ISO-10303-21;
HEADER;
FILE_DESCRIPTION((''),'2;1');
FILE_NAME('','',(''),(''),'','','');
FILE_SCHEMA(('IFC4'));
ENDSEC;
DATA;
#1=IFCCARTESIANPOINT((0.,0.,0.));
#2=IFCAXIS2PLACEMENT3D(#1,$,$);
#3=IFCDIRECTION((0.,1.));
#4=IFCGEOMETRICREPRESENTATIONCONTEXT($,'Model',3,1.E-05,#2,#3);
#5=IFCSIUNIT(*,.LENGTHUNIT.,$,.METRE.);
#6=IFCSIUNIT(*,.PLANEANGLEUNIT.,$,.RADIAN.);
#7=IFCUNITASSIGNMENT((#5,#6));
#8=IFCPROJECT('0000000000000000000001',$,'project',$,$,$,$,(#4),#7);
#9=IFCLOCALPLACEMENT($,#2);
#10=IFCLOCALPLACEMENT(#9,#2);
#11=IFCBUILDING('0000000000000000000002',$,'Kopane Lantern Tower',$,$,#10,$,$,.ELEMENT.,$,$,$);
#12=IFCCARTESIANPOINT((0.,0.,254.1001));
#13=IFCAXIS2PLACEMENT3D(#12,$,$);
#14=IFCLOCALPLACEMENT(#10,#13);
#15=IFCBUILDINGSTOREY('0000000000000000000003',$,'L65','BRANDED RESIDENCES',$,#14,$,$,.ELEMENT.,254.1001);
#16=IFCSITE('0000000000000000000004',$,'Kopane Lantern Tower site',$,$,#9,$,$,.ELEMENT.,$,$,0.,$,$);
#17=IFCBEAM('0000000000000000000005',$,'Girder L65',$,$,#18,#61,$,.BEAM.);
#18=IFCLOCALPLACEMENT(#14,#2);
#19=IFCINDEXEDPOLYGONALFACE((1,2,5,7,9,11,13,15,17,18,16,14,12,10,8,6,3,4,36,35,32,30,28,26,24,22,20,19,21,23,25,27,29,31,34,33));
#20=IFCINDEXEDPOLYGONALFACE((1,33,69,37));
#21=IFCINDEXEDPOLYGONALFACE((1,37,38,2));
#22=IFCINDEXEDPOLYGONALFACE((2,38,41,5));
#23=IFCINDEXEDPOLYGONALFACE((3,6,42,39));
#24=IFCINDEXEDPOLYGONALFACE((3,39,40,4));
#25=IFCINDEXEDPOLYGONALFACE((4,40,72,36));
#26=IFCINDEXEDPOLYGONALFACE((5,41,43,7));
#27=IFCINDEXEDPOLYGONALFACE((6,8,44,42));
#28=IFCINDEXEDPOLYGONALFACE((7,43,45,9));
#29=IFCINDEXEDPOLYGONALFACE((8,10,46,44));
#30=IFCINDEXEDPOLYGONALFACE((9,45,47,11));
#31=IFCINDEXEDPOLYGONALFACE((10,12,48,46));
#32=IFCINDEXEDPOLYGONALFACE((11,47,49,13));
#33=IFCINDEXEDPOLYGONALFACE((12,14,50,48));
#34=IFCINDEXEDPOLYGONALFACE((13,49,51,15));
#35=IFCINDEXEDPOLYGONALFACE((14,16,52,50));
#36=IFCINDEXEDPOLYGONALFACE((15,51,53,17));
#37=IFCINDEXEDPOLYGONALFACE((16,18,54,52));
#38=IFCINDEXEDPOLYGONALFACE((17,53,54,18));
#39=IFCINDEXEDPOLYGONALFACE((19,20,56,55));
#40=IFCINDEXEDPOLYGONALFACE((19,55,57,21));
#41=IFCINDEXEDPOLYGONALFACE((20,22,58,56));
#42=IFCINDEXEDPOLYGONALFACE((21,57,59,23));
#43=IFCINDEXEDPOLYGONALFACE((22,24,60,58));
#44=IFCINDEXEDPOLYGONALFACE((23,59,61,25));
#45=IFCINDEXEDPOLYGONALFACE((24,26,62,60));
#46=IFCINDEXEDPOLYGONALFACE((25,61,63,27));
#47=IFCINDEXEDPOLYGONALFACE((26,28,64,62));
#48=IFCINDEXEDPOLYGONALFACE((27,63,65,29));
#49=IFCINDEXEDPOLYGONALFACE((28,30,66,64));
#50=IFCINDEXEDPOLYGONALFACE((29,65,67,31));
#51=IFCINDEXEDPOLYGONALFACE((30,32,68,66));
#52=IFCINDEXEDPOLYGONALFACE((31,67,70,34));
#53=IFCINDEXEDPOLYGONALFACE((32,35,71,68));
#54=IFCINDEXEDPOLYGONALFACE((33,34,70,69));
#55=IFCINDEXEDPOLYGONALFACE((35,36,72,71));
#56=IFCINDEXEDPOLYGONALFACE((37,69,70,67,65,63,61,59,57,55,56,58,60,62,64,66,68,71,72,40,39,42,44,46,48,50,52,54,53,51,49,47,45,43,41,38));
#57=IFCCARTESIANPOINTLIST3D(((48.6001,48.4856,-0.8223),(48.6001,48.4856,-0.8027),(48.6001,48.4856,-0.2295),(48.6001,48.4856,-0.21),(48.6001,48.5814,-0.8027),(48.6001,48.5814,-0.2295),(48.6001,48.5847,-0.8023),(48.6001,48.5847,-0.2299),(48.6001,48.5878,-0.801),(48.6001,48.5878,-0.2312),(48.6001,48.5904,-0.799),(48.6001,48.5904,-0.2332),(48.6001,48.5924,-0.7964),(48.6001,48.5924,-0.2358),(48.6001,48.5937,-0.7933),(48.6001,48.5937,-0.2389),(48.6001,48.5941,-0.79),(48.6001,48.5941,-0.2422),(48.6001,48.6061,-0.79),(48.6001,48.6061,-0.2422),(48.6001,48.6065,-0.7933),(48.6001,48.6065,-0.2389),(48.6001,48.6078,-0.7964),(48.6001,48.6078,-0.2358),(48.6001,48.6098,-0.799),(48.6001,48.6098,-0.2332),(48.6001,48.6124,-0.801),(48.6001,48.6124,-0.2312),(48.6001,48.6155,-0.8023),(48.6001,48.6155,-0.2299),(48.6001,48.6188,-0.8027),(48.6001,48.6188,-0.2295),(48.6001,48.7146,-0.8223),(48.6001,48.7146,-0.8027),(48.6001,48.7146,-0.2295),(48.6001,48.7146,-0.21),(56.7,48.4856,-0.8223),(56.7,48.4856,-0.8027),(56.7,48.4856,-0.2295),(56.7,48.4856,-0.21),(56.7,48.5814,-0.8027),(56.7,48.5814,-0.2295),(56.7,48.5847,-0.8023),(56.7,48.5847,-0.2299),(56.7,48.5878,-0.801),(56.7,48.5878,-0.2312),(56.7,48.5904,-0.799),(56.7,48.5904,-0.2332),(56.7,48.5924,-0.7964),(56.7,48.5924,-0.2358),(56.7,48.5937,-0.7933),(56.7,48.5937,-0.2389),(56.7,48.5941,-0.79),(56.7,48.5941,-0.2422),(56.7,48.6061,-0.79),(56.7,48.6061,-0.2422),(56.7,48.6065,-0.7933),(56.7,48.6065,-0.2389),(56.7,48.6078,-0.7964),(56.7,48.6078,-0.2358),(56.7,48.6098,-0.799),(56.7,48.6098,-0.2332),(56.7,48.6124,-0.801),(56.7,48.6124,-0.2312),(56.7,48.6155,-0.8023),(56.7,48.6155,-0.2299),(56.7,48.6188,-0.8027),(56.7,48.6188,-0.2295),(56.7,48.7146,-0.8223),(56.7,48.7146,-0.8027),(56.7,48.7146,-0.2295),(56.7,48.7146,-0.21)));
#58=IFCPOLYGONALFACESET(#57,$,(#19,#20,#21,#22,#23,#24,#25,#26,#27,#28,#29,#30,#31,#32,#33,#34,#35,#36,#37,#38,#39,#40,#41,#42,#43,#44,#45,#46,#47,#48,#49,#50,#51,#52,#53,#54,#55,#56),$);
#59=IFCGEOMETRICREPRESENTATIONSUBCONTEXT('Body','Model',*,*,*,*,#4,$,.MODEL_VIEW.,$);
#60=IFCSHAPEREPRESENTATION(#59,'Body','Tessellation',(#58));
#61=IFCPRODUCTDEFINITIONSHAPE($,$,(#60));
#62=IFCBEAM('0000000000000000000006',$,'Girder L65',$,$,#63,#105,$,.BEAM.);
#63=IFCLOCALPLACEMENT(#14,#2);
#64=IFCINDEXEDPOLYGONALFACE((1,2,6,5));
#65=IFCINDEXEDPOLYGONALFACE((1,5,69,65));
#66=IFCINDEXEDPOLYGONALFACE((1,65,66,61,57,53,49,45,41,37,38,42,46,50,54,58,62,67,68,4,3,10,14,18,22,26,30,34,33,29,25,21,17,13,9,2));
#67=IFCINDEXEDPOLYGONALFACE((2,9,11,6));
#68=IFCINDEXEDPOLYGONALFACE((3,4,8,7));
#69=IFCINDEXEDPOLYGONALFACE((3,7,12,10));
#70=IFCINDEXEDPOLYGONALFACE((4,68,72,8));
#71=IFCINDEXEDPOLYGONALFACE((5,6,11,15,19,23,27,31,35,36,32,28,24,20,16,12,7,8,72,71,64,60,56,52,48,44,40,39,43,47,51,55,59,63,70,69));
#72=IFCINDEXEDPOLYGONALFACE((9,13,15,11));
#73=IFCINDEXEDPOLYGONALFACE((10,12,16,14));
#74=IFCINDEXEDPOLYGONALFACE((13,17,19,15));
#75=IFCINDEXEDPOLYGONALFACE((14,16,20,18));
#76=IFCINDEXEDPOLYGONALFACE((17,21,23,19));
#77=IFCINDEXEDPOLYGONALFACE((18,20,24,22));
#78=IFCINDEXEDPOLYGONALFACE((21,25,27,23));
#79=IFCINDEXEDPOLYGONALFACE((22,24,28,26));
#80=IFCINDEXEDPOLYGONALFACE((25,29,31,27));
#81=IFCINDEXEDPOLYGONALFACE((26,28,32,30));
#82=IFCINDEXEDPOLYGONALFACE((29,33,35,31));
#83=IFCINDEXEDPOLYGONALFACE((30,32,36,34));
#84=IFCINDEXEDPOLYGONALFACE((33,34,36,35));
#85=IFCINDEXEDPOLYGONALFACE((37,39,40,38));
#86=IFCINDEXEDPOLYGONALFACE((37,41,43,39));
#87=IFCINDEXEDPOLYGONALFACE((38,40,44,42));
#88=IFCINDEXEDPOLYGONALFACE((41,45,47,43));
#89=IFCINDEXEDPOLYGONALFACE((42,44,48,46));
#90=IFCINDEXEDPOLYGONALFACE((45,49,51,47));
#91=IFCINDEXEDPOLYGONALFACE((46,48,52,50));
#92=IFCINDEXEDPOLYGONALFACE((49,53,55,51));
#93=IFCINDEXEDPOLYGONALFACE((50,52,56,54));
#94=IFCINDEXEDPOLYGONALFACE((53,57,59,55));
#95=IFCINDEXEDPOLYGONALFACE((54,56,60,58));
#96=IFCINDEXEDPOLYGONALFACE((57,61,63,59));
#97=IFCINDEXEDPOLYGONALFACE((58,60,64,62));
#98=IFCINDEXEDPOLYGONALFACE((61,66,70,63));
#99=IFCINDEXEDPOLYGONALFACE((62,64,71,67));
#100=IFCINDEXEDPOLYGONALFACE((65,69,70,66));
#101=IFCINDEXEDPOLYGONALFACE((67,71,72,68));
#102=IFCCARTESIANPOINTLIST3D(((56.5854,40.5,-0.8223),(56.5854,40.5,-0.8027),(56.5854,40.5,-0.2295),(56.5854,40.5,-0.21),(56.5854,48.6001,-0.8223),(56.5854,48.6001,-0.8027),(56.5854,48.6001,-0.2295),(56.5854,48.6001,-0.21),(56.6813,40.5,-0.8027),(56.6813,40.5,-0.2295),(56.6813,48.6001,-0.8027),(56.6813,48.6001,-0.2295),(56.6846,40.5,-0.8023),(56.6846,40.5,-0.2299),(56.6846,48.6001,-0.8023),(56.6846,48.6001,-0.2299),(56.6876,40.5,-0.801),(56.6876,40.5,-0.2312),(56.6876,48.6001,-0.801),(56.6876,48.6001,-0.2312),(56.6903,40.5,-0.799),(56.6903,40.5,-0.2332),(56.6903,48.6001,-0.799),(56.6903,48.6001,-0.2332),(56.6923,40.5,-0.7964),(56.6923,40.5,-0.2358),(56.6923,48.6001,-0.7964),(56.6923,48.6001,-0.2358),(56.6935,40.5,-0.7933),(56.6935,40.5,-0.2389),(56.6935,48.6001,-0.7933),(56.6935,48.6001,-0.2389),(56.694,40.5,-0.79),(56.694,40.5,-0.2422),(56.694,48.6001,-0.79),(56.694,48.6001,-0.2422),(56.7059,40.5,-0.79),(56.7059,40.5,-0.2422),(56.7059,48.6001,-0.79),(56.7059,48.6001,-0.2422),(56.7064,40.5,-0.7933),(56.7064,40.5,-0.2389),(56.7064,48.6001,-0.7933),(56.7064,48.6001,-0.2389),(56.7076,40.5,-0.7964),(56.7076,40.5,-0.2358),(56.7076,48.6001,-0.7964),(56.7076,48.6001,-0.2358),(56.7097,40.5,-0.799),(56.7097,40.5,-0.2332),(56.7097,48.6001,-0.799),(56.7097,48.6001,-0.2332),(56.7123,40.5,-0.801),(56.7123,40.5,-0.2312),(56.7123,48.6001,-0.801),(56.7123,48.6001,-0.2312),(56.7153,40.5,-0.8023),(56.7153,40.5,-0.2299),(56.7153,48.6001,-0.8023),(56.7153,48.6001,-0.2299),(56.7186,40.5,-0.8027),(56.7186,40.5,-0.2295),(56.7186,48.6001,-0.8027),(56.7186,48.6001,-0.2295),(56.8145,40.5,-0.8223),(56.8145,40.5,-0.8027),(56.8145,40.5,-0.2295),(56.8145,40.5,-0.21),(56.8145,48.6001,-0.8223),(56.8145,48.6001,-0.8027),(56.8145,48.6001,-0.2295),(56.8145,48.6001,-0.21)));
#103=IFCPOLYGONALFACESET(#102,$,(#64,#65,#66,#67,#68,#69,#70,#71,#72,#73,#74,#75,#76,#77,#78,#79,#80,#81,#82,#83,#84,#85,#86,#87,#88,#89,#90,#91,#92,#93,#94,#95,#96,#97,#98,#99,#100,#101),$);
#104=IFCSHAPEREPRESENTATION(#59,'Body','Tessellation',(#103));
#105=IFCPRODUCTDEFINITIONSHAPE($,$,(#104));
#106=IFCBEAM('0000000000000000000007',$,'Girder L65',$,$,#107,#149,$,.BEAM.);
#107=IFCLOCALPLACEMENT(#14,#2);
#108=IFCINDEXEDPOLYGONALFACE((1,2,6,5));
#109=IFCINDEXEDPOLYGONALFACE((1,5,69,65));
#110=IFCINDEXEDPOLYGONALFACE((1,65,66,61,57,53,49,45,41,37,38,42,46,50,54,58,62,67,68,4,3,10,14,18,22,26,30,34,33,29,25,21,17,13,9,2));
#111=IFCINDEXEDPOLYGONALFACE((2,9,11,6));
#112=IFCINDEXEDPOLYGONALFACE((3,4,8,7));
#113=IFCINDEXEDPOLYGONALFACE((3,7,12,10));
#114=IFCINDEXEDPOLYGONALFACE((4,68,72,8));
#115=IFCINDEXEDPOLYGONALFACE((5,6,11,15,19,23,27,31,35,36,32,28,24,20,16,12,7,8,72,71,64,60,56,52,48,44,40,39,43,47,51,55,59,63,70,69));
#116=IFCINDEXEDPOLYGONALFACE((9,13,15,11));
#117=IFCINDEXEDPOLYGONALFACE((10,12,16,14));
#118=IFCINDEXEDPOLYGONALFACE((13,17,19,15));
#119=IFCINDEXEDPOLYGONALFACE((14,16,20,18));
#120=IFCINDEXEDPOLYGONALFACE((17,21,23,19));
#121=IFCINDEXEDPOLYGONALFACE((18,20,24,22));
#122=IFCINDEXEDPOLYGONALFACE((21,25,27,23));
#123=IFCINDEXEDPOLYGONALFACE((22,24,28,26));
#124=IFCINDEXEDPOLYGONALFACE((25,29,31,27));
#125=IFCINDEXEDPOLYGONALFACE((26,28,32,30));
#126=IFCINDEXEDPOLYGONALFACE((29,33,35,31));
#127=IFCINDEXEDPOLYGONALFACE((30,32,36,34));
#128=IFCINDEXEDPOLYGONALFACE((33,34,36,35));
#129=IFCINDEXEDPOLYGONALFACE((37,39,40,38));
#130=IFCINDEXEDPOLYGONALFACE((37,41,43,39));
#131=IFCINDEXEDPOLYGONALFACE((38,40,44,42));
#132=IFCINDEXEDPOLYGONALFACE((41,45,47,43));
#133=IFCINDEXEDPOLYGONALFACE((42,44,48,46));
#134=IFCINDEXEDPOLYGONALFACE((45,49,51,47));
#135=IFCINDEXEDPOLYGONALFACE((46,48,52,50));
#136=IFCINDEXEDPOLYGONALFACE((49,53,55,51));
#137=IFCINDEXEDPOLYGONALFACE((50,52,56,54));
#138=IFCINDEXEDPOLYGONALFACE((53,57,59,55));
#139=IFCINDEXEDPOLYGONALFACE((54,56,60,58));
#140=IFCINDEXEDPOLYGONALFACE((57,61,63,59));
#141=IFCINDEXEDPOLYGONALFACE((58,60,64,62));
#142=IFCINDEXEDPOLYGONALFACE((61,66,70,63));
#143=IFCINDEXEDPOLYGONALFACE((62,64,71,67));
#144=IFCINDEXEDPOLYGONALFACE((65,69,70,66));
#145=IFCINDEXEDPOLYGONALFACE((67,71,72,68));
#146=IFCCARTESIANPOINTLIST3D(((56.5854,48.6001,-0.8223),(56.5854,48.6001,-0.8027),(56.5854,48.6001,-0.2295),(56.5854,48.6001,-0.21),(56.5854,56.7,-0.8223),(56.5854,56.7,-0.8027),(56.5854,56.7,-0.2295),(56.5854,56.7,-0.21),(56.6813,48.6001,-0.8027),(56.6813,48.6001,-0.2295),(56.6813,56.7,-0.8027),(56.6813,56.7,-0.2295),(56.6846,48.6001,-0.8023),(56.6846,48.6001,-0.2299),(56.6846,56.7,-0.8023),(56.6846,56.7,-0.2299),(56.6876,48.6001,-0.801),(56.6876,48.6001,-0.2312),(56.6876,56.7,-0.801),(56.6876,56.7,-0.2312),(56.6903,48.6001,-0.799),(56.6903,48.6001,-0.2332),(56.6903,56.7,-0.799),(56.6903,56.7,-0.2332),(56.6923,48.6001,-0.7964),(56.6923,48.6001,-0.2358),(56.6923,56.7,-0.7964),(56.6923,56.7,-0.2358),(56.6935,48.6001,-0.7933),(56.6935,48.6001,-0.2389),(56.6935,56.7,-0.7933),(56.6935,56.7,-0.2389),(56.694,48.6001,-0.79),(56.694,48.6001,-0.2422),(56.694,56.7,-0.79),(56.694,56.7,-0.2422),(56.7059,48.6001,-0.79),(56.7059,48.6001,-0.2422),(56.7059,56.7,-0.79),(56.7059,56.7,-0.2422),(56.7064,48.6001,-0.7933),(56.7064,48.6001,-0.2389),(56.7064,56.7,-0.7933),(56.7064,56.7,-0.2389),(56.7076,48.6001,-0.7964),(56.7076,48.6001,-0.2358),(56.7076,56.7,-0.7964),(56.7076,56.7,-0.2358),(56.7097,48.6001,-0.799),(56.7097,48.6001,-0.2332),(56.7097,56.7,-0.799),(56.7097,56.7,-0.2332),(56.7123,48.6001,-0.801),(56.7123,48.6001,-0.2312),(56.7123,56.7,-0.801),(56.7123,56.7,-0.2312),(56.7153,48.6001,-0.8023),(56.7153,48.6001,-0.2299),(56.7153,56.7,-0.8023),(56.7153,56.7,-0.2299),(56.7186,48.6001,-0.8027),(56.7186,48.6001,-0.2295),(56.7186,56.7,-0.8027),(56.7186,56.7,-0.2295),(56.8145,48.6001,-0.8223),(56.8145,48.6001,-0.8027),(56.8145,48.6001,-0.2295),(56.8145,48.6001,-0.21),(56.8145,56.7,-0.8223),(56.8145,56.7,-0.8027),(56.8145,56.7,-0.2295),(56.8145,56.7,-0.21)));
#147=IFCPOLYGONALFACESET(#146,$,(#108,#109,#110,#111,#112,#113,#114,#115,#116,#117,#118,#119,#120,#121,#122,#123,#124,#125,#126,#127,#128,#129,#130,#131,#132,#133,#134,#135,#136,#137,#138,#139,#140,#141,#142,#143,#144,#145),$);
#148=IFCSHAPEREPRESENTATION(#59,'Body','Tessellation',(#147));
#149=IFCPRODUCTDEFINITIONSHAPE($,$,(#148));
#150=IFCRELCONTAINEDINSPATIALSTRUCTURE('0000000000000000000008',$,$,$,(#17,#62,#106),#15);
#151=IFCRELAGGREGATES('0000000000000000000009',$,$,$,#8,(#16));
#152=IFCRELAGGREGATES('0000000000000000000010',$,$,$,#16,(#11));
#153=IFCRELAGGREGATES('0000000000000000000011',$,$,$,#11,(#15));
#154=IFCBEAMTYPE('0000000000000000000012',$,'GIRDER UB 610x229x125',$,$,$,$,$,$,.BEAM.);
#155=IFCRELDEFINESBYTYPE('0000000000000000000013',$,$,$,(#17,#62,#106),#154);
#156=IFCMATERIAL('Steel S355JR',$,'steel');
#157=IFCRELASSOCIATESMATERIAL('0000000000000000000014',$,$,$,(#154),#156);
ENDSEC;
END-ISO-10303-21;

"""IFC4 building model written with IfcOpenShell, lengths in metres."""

from ifc_helpers import new_model, si_unit, direction, frame, origin, origin_2d, place, context, subcontext, project, spatial, i_section, extrude, material, material_profile, profile_set, type_object, element, save


model = new_model("IFC4")

# Units and contexts
model_context = context("Model", 3, precision=1e-05, world=origin(), true_north=direction((0.0, 1.0)))
body_context = subcontext(model_context, "Body", "Model", "MODEL_VIEW")
ifc_project = project(units=[si_unit("LENGTHUNIT", "METRE"), si_unit("PLANEANGLEUNIT", "RADIAN")], contexts=[model_context])

# Site, building, storey
site_placement = place(None, origin())
site = spatial("IfcSite", under=ifc_project, at=site_placement, Name="Kopane Lantern Tower site", CompositionType="ELEMENT", RefElevation=0.0)
building_placement = place(site_placement, origin())
building = spatial("IfcBuilding", under=site, at=building_placement, Name="Kopane Lantern Tower", CompositionType="ELEMENT")
storey_placement = place(building_placement, frame((0.0, 0.0, 254.1001)))
storey = spatial("IfcBuildingStorey", under=building, at=storey_placement, Name="L65", Description="BRANDED RESIDENCES", CompositionType="ELEMENT", Elevation=254.1001)

# Beams
ifc_material_1 = material(Name="Steel S355JR", Category="steel")
ifc_material_profile_1 = material_profile(ifc_material_1, i_section(OverallWidth=0.229, OverallDepth=0.6123, WebThickness=0.012, FlangeThickness=0.0195, FilletRadius=0.0127, at=origin_2d()), Name="UB 610x229x125")
ifc_profile_set_1 = profile_set([ifc_material_profile_1], Name="Steel S355JR")
beam_type = type_object("IfcBeamType", Name="GIRDER UB 610x229x125", PredefinedType="BEAM", material=ifc_profile_set_1)
for number, where, z_axis, x_axis, name in (
    (1, (48.6001, 48.6001, -0.5161), (1.0, 0.0, 0.0), (0.0, 1.0, 0.0), "Girder L65"),
):
    element("IfcBeam", number, at=place(storey_placement, frame(where, z_axis=z_axis, x_axis=x_axis)), inside=storey, type_object=beam_type, Name=name, PredefinedType="BEAM", context=body_context, shape_type="SweptSolid", body=[
        extrude(i_section(OverallWidth=0.229, OverallDepth=0.6123, WebThickness=0.012, FlangeThickness=0.0195, FilletRadius=0.0127, at=origin_2d()), origin(), (0.0, 0.0, 1.0), 8.0999),
    ])
beam_1_placement = place(storey_placement, frame((56.7, 40.5, -0.5161), z_axis=(0.0, 1.0, 0.0), x_axis=(-1.0, 0.0, 0.0)))
element("IfcBeam", 2, at=beam_1_placement, inside=storey, type_object=beam_type, Name="Girder L65", PredefinedType="BEAM", context=body_context, shape_type="SweptSolid", body=[
    extrude(i_section(OverallWidth=0.229, OverallDepth=0.6123, WebThickness=0.012, FlangeThickness=0.0195, FilletRadius=0.0127, at=origin_2d()), origin(), (0.0, 0.0, 1.0), 8.1001),
])
beam_2_placement = place(storey_placement, frame((56.7, 48.6001, -0.5161), z_axis=(0.0, 1.0, 0.0), x_axis=(-1.0, 0.0, 0.0)))
element("IfcBeam", 3, at=beam_2_placement, inside=storey, type_object=beam_type, Name="Girder L65", PredefinedType="BEAM", context=body_context, shape_type="SweptSolid", body=[
    extrude(i_section(OverallWidth=0.229, OverallDepth=0.6123, WebThickness=0.012, FlangeThickness=0.0195, FilletRadius=0.0127, at=origin_2d()), origin(), (0.0, 0.0, 1.0), 8.0999),
])

save(model, "model.ifc")
